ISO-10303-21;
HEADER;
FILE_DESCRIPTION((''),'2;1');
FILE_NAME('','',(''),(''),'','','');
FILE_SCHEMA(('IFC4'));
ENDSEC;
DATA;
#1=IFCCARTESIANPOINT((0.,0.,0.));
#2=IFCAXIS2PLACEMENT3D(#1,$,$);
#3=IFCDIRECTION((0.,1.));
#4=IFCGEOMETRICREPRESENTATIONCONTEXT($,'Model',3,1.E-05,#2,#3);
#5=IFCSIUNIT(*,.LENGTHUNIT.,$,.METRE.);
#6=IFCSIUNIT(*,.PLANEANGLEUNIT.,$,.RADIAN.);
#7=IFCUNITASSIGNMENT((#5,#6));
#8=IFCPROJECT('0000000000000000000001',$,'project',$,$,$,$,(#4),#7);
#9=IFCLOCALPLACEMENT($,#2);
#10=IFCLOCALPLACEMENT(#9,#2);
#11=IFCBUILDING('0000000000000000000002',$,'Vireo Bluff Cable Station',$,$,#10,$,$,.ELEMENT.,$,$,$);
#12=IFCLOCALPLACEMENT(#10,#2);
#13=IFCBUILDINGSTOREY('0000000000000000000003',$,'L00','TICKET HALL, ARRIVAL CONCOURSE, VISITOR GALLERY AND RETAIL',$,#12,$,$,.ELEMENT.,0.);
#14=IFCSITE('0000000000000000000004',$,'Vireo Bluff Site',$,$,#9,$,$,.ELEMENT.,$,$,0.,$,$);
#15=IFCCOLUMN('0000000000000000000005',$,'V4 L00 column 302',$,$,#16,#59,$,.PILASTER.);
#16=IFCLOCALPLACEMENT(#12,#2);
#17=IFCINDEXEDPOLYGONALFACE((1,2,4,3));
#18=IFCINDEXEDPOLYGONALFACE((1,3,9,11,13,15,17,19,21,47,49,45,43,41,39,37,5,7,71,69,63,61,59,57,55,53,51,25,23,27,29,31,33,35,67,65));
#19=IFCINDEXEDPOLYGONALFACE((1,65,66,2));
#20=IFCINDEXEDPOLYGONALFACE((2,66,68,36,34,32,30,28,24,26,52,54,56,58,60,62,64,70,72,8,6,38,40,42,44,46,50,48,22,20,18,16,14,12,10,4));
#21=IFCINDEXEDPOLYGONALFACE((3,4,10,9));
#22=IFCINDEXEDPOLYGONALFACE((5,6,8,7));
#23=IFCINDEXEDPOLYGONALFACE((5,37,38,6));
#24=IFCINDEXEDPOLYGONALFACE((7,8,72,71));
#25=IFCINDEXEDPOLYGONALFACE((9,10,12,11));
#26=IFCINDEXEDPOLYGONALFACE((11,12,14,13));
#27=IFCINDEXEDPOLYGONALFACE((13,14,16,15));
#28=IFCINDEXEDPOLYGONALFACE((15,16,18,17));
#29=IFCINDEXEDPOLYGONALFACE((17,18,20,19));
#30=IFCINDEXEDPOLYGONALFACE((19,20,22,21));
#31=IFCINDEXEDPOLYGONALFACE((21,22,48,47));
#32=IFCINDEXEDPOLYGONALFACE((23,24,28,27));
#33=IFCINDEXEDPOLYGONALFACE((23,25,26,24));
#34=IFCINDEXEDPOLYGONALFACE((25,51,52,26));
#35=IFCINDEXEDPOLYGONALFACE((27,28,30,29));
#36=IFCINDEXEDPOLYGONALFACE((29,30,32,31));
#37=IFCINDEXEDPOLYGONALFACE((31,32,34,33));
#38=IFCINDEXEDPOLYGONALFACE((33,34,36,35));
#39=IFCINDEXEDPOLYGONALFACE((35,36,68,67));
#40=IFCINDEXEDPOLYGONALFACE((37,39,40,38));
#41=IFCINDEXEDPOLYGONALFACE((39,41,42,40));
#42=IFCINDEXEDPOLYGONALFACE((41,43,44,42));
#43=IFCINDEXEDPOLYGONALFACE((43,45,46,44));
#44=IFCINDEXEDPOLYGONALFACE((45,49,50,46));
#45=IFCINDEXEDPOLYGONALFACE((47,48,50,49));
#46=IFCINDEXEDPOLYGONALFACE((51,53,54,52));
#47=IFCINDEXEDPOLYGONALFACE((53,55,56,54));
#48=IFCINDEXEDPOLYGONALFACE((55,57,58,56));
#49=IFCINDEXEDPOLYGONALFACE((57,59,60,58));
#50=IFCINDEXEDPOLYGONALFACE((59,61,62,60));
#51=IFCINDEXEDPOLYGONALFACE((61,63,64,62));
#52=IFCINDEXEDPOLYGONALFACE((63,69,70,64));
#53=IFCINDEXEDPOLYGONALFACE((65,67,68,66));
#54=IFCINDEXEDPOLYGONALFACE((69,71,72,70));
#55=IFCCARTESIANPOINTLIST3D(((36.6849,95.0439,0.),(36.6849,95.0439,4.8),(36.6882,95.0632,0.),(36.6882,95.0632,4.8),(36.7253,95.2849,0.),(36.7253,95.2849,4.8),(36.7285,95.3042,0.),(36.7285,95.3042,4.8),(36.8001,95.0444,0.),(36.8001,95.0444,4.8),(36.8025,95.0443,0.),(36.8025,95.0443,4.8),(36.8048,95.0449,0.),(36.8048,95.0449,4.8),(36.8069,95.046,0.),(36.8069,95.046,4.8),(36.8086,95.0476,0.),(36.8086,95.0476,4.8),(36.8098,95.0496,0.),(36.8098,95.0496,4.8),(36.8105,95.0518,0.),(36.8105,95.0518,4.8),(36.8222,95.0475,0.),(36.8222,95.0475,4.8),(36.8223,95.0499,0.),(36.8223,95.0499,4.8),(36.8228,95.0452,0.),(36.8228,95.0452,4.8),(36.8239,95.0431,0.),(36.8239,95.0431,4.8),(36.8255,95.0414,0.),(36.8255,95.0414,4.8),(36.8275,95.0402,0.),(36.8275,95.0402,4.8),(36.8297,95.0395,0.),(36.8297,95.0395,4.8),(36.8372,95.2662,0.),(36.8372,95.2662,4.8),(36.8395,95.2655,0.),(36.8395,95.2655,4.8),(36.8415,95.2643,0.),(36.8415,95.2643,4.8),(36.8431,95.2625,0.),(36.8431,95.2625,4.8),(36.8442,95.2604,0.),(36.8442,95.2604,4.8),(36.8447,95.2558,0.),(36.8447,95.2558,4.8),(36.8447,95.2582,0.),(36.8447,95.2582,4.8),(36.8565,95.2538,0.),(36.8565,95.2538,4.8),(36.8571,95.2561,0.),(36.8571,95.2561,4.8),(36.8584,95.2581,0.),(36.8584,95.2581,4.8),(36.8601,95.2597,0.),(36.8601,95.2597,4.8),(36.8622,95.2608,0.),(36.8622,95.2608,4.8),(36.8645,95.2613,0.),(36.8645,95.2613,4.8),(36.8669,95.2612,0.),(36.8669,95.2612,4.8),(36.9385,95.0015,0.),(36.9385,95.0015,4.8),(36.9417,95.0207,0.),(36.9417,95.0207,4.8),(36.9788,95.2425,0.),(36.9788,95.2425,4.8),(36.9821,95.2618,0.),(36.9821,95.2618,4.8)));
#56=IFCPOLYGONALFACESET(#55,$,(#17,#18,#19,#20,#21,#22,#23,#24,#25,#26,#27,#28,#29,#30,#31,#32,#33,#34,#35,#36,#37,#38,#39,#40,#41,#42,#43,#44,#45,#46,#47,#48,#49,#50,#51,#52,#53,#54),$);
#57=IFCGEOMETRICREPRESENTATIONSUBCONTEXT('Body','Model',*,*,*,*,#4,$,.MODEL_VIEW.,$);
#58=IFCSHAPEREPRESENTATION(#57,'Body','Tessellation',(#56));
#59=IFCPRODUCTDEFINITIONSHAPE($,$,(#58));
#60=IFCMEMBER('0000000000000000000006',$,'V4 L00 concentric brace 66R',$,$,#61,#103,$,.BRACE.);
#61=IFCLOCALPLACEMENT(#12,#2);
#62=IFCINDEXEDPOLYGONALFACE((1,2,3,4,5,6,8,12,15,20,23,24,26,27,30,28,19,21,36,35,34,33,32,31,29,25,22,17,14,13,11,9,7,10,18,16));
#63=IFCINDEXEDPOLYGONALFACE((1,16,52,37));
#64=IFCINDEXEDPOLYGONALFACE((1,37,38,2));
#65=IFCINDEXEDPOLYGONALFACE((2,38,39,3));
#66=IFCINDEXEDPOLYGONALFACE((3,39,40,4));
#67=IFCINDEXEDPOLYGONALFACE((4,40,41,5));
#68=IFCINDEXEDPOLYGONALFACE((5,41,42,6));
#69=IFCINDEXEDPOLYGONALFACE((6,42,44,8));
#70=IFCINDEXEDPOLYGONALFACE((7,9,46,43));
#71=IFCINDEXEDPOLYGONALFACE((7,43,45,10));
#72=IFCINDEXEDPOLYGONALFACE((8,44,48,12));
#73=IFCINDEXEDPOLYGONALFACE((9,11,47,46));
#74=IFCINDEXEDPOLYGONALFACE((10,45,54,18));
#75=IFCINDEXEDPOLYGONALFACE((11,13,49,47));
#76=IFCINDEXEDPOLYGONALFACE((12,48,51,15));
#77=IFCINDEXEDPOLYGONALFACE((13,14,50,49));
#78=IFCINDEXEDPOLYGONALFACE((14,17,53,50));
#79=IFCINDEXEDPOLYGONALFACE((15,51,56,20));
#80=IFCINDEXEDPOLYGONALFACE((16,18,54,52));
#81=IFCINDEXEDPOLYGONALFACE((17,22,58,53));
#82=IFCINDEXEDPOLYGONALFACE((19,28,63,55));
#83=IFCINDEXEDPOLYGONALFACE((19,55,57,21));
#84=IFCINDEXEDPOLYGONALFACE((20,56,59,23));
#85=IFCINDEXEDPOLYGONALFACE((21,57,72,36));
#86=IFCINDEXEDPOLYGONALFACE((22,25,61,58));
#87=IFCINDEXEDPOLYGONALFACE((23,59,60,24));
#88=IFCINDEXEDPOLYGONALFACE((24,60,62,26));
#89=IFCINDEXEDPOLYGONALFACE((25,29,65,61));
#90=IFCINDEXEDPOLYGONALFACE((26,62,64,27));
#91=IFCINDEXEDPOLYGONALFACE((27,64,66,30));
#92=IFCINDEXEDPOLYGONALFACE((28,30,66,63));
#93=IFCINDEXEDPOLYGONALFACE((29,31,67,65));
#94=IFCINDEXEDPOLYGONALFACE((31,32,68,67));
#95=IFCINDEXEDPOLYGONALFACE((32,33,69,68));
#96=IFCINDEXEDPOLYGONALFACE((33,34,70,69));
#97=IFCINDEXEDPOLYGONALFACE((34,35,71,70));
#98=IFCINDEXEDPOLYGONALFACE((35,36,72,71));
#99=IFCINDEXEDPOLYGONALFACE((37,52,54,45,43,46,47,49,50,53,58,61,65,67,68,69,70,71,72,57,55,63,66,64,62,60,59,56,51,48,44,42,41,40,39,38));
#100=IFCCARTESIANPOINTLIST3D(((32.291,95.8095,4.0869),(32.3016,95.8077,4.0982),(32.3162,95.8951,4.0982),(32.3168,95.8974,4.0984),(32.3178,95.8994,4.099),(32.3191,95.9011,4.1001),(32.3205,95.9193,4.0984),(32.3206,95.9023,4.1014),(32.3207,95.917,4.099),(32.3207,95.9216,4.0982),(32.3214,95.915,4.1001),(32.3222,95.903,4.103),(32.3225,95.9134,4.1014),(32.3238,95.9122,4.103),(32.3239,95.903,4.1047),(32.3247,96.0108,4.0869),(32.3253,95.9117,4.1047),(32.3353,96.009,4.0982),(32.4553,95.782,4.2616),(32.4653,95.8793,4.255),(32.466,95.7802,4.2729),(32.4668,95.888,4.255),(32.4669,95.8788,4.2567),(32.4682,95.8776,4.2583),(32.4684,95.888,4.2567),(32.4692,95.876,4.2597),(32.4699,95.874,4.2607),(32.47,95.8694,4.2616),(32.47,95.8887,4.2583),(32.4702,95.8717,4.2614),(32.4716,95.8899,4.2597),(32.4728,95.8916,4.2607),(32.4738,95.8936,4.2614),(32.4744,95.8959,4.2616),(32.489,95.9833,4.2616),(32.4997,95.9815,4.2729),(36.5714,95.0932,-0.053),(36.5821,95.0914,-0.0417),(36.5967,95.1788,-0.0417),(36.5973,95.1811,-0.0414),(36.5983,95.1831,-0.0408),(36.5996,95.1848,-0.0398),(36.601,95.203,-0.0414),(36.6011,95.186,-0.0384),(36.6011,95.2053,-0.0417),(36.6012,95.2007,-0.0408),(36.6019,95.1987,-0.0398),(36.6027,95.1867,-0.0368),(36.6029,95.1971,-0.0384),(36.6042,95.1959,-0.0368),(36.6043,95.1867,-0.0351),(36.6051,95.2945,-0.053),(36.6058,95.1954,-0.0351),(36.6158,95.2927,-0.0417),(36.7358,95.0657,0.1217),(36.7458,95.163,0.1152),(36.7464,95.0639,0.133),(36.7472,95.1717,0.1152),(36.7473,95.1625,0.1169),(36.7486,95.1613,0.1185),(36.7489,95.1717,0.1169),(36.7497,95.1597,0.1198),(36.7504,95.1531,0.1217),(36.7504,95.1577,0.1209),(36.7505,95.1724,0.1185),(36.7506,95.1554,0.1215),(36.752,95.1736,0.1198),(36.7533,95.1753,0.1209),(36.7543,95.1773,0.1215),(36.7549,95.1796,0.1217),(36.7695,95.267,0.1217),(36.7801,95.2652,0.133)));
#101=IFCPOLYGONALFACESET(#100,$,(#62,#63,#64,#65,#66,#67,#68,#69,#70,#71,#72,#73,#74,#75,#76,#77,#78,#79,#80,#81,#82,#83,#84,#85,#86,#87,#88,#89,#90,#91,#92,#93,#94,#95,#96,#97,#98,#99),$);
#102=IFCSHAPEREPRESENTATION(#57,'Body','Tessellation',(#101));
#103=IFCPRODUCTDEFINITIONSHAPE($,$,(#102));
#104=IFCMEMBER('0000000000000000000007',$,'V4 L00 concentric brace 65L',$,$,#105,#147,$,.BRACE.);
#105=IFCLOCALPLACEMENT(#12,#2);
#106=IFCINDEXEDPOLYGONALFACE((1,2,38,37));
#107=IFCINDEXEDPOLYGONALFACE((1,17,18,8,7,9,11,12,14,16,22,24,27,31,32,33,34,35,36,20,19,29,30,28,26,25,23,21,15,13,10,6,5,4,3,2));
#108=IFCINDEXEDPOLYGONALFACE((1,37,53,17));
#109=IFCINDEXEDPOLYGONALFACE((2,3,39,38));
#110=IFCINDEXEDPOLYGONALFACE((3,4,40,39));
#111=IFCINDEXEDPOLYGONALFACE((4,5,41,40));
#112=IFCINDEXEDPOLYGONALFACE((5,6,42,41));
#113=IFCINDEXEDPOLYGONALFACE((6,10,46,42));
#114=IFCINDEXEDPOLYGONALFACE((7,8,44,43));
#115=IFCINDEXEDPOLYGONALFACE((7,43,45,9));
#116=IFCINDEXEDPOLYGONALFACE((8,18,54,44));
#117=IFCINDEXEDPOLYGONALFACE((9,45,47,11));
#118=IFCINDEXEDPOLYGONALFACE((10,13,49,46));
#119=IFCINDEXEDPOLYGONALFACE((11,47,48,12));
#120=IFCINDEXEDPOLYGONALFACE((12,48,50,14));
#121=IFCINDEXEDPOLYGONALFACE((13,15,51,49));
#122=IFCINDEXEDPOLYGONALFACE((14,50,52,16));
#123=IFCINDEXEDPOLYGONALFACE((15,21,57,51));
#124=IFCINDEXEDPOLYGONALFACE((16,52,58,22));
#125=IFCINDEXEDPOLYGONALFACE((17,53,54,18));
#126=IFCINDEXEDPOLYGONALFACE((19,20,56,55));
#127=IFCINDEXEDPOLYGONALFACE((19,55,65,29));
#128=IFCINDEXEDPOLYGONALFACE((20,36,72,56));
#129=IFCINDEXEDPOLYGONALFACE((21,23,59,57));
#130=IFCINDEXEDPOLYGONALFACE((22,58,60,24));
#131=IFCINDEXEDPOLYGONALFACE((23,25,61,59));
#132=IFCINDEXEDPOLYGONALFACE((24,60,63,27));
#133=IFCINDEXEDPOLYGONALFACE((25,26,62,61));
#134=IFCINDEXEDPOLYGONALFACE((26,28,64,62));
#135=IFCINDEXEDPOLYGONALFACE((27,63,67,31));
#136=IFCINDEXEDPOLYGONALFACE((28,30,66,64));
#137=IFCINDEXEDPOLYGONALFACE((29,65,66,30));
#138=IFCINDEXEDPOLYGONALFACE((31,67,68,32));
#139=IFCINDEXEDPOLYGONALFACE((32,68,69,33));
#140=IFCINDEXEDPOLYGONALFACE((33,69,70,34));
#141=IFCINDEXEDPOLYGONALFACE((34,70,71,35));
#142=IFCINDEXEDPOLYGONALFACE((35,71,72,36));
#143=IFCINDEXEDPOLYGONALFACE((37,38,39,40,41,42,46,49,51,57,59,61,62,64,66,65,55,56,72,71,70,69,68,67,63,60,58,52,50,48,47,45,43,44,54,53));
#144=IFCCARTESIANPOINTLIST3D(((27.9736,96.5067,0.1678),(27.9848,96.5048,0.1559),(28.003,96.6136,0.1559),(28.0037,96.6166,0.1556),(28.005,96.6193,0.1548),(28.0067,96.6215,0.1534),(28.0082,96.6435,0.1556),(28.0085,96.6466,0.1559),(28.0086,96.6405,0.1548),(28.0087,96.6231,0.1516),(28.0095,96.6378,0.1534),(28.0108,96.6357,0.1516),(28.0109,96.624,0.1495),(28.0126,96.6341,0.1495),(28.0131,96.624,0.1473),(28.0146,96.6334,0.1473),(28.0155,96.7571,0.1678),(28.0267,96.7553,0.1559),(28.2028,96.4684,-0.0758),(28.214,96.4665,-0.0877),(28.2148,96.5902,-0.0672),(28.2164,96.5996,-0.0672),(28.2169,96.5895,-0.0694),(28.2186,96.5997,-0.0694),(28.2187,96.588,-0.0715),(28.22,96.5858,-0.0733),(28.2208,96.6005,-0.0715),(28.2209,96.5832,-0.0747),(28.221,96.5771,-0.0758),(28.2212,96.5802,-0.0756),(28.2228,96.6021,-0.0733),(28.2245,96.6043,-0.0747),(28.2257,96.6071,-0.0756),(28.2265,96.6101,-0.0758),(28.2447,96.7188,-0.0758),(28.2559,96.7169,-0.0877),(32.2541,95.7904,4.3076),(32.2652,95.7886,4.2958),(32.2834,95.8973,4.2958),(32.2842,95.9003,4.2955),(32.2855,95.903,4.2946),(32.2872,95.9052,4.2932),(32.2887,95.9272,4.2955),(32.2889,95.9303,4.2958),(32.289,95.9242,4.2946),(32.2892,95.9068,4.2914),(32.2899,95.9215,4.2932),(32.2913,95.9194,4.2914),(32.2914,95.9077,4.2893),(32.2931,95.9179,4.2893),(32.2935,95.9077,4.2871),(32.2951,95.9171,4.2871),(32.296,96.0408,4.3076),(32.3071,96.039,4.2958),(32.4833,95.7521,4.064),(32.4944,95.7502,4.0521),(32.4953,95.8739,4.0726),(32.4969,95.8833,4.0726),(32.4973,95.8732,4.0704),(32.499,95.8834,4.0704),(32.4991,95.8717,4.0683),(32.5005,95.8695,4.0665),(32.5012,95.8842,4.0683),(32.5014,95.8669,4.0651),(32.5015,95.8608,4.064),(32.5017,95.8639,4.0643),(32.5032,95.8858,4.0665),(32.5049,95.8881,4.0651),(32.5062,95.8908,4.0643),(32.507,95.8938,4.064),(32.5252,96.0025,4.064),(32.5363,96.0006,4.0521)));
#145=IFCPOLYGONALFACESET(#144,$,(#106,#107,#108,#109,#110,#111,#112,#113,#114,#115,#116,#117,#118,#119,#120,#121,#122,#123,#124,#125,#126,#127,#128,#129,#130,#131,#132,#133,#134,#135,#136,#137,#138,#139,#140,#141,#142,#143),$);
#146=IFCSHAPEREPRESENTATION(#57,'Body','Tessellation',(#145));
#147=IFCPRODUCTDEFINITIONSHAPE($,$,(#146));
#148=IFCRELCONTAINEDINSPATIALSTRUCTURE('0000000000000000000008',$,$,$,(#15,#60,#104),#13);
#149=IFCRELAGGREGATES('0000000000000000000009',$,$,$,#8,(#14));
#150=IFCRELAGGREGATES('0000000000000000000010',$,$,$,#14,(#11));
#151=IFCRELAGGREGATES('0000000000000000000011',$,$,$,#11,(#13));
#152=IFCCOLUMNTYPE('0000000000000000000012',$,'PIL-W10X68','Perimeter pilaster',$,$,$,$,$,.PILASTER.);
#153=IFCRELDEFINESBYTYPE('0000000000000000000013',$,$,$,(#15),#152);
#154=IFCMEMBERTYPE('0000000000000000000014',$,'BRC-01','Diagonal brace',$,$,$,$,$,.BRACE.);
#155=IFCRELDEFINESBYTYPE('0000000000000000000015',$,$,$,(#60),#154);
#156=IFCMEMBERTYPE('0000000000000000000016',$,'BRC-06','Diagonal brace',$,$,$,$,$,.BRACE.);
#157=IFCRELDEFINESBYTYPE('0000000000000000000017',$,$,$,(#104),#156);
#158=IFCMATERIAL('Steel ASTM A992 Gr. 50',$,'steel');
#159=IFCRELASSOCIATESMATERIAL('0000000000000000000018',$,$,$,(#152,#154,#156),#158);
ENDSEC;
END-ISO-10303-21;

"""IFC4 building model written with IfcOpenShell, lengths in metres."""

from ifc_helpers import new_model, si_unit, direction, frame, origin, origin_2d, place, context, subcontext, project, spatial, i_section, extrude, material, material_profile, profile_set, type_object, element, save


model = new_model("IFC4")

# Units and contexts
model_context = context("Model", 3, precision=1e-05, world=origin(), true_north=direction((0.0, 1.0)))
body_context = subcontext(model_context, "Body", "Model", "MODEL_VIEW")
ifc_project = project(units=[si_unit("LENGTHUNIT", "METRE"), si_unit("PLANEANGLEUNIT", "RADIAN")], contexts=[model_context])

# Site, building, storey
site_placement = place(None, origin())
site = spatial("IfcSite", under=ifc_project, at=site_placement, Name="Vireo Bluff Site", CompositionType="ELEMENT", RefElevation=0.0)
building_placement = place(site_placement, origin())
building = spatial("IfcBuilding", under=site, at=building_placement, Name="Vireo Bluff Cable Station", CompositionType="ELEMENT")
storey_placement = place(building_placement, origin())
storey = spatial("IfcBuildingStorey", under=building, at=storey_placement, Name="L00", Description="TICKET HALL, ARRIVAL CONCOURSE, VISITOR GALLERY AND RETAIL", CompositionType="ELEMENT", Elevation=0.0)

# Column
ifc_material_1 = material(Name="Steel ASTM A992 Gr. 50", Category="steel")
ifc_material_profile_1 = material_profile(ifc_material_1, i_section(OverallWidth=0.2571, OverallDepth=0.2639, WebThickness=0.012, FlangeThickness=0.0195, FilletRadius=0.009, at=origin_2d()), Name="W10X68")
ifc_profile_set_1 = profile_set([ifc_material_profile_1], Name="Steel ASTM A992 Gr. 50")
column_type_1 = type_object("IfcColumnType", Name="PIL-W10X68", Description="Perimeter pilaster", PredefinedType="PILASTER", material=ifc_profile_set_1)
column_1_placement = place(storey_placement, frame((36.8335, 95.1528, 0.0), z_axis=(0.0, 0.0, 1.0), x_axis=(0.986286, -0.165048, 0.0)))
element("IfcColumn", 1, at=column_1_placement, inside=storey, type_object=column_type_1, Name="V4 L00 column 302", PredefinedType="PILASTER", context=body_context, shape_type="SweptSolid", body=[
    extrude(i_section(OverallWidth=0.2571, OverallDepth=0.2639, WebThickness=0.012, FlangeThickness=0.0195, FilletRadius=0.009, at=origin_2d()), origin(), (0.0, 0.0, 1.0), 4.8),
])

# Members
ifc_material_profile_2 = material_profile(ifc_material_1, i_section(OverallWidth=0.2041, OverallDepth=0.2571, WebThickness=0.0088, FlangeThickness=0.0156, FilletRadius=0.009, at=origin_2d()), Name="W10X45")
ifc_profile_set_2 = profile_set([ifc_material_profile_2], Name="Steel ASTM A992 Gr. 50")
member_type_1 = type_object("IfcMemberType", Name="BRC-01", Description="Diagonal brace", PredefinedType="BRACE", material=ifc_profile_set_2)
member_1_placement = place(storey_placement, frame((36.6758, 95.1792, 0.04), z_axis=(-0.713671, 0.119427, 0.690225), x_axis=(-0.165047, -0.986286, 0.0)))
element("IfcMember", 2, at=member_1_placement, inside=storey, type_object=member_type_1, Name="V4 L00 concentric brace 66R", PredefinedType="BRACE", context=body_context, shape_type="SweptSolid", body=[
    extrude(i_section(OverallWidth=0.2041, OverallDepth=0.2571, WebThickness=0.0088, FlangeThickness=0.0156, FilletRadius=0.009, at=origin_2d()), origin(), (0.0, 0.0, 1.0), 5.9978),
])
ifc_material_profile_3 = material_profile(ifc_material_1, i_section(OverallWidth=0.2539, OverallDepth=0.353, WebThickness=0.0095, FlangeThickness=0.0164, FilletRadius=0.012, at=origin_2d()), Name="W14X61")
ifc_profile_set_3 = profile_set([ifc_material_profile_3], Name="Steel ASTM A992 Gr. 50")
member_type_2 = type_object("IfcMemberType", Name="BRC-06", Description="Diagonal brace", PredefinedType="BRACE", material=ifc_profile_set_3)
member_2_placement = place(storey_placement, frame((28.1147, 96.6118, 0.04), z_axis=(0.713671, -0.119427, 0.690225), x_axis=(0.165047, 0.986286, 0.0)))
element("IfcMember", 3, at=member_2_placement, inside=storey, type_object=member_type_2, Name="V4 L00 concentric brace 65L", PredefinedType="BRACE", context=body_context, shape_type="SweptSolid", body=[
    extrude(i_section(OverallWidth=0.2539, OverallDepth=0.353, WebThickness=0.0095, FlangeThickness=0.0164, FilletRadius=0.012, at=origin_2d()), origin(), (0.0, 0.0, 1.0), 5.9978),
])

save(model, "model.ifc")
